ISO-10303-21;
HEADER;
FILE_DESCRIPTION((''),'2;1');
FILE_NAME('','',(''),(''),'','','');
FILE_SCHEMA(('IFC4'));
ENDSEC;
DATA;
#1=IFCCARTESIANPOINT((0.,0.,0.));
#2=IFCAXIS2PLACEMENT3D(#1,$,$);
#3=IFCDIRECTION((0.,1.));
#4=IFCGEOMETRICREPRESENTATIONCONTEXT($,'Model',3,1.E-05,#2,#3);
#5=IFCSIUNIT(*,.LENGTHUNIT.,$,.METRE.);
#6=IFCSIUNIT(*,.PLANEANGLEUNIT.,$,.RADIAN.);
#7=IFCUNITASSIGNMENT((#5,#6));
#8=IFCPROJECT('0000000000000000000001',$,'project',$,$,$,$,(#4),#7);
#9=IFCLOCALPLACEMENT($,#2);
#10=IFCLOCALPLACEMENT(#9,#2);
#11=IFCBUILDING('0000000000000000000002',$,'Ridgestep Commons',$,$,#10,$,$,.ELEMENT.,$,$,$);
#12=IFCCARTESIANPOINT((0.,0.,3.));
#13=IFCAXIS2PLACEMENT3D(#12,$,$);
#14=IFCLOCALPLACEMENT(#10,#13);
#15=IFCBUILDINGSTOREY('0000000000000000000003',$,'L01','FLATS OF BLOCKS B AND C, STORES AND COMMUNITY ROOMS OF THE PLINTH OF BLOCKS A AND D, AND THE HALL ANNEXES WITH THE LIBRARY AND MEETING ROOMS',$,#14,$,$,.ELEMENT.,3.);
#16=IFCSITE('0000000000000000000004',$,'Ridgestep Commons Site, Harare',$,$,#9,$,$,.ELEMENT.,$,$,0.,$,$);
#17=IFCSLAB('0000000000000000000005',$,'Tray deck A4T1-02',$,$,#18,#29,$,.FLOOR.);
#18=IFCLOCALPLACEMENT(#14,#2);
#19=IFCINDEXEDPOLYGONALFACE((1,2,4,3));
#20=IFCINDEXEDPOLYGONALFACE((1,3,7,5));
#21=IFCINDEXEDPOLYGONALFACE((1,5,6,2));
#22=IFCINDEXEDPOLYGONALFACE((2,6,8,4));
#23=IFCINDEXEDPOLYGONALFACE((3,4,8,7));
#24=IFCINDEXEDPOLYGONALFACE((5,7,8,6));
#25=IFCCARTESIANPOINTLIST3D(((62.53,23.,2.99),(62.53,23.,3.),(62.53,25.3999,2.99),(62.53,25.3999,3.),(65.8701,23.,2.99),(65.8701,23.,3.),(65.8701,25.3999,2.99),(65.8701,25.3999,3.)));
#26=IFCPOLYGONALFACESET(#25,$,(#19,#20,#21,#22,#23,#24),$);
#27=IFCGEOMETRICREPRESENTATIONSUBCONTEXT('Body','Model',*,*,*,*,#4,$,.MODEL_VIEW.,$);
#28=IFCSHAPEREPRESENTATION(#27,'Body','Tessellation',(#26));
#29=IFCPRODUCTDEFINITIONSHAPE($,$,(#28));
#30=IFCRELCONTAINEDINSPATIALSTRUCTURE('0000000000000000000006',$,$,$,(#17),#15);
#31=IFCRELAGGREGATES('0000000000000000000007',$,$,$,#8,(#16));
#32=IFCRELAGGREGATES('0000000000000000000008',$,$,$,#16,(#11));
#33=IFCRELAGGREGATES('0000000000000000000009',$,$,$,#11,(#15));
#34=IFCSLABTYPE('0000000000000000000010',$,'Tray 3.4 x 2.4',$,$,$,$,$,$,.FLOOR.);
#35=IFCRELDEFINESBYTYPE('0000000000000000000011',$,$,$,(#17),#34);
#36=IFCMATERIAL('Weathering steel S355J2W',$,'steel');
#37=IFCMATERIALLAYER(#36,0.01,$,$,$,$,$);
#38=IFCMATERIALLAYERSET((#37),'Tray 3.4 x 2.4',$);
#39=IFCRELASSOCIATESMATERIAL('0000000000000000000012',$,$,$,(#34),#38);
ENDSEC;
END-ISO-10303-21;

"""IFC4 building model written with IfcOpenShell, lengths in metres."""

from ifc_helpers import new_model, si_unit, direction, frame, origin, place, context, subcontext, project, spatial, polyline, outline, extrude, material, layer, layer_set, type_object, element, save


model = new_model("IFC4")

# Units and contexts
model_context = context("Model", 3, precision=1e-05, world=origin(), true_north=direction((0.0, 1.0)))
body_context = subcontext(model_context, "Body", "Model", "MODEL_VIEW")
ifc_project = project(units=[si_unit("LENGTHUNIT", "METRE"), si_unit("PLANEANGLEUNIT", "RADIAN")], contexts=[model_context])

# Site, building, storey
site_placement = place(None, origin())
site = spatial("IfcSite", under=ifc_project, at=site_placement, Name="Ridgestep Commons Site, Harare", CompositionType="ELEMENT", RefElevation=0.0)
building_placement = place(site_placement, origin())
building = spatial("IfcBuilding", under=site, at=building_placement, Name="Ridgestep Commons", CompositionType="ELEMENT")
storey_placement = place(building_placement, frame((0.0, 0.0, 3.0)))
storey = spatial("IfcBuildingStorey", under=building, at=storey_placement, Name="L01", Description="FLATS OF BLOCKS B AND C, STORES AND COMMUNITY ROOMS OF THE PLINTH OF BLOCKS A AND D, AND THE HALL ANNEXES WITH THE LIBRARY AND MEETING ROOMS", CompositionType="ELEMENT", Elevation=3.0)

# Slab
ifc_material_1 = material(Name="Weathering steel S355J2W", Category="steel")
ifc_layer_1 = layer(ifc_material_1, 0.01)
ifc_layer_set_1 = layer_set([ifc_layer_1], Name="Tray 3.4 x 2.4")
slab_type_1 = type_object("IfcSlabType", Name="Tray 3.4 x 2.4", PredefinedType="FLOOR", material=ifc_layer_set_1)
slab_1_placement = place(storey_placement, frame((0.0, 0.0, 2.99)))
element("IfcSlab", 1, at=slab_1_placement, inside=storey, type_object=slab_type_1, Name="Tray deck A4T1-02", PredefinedType="FLOOR", context=body_context, shape_type="SweptSolid", body=[
    extrude(outline(polyline([(62.53, 23.0), (65.8701, 23.0), (65.8701, 25.3999), (62.53, 25.3999), (62.53, 23.0)])), origin(), (0.0, 0.0, 1.0), 0.01),
])

save(model, "model.ifc")
